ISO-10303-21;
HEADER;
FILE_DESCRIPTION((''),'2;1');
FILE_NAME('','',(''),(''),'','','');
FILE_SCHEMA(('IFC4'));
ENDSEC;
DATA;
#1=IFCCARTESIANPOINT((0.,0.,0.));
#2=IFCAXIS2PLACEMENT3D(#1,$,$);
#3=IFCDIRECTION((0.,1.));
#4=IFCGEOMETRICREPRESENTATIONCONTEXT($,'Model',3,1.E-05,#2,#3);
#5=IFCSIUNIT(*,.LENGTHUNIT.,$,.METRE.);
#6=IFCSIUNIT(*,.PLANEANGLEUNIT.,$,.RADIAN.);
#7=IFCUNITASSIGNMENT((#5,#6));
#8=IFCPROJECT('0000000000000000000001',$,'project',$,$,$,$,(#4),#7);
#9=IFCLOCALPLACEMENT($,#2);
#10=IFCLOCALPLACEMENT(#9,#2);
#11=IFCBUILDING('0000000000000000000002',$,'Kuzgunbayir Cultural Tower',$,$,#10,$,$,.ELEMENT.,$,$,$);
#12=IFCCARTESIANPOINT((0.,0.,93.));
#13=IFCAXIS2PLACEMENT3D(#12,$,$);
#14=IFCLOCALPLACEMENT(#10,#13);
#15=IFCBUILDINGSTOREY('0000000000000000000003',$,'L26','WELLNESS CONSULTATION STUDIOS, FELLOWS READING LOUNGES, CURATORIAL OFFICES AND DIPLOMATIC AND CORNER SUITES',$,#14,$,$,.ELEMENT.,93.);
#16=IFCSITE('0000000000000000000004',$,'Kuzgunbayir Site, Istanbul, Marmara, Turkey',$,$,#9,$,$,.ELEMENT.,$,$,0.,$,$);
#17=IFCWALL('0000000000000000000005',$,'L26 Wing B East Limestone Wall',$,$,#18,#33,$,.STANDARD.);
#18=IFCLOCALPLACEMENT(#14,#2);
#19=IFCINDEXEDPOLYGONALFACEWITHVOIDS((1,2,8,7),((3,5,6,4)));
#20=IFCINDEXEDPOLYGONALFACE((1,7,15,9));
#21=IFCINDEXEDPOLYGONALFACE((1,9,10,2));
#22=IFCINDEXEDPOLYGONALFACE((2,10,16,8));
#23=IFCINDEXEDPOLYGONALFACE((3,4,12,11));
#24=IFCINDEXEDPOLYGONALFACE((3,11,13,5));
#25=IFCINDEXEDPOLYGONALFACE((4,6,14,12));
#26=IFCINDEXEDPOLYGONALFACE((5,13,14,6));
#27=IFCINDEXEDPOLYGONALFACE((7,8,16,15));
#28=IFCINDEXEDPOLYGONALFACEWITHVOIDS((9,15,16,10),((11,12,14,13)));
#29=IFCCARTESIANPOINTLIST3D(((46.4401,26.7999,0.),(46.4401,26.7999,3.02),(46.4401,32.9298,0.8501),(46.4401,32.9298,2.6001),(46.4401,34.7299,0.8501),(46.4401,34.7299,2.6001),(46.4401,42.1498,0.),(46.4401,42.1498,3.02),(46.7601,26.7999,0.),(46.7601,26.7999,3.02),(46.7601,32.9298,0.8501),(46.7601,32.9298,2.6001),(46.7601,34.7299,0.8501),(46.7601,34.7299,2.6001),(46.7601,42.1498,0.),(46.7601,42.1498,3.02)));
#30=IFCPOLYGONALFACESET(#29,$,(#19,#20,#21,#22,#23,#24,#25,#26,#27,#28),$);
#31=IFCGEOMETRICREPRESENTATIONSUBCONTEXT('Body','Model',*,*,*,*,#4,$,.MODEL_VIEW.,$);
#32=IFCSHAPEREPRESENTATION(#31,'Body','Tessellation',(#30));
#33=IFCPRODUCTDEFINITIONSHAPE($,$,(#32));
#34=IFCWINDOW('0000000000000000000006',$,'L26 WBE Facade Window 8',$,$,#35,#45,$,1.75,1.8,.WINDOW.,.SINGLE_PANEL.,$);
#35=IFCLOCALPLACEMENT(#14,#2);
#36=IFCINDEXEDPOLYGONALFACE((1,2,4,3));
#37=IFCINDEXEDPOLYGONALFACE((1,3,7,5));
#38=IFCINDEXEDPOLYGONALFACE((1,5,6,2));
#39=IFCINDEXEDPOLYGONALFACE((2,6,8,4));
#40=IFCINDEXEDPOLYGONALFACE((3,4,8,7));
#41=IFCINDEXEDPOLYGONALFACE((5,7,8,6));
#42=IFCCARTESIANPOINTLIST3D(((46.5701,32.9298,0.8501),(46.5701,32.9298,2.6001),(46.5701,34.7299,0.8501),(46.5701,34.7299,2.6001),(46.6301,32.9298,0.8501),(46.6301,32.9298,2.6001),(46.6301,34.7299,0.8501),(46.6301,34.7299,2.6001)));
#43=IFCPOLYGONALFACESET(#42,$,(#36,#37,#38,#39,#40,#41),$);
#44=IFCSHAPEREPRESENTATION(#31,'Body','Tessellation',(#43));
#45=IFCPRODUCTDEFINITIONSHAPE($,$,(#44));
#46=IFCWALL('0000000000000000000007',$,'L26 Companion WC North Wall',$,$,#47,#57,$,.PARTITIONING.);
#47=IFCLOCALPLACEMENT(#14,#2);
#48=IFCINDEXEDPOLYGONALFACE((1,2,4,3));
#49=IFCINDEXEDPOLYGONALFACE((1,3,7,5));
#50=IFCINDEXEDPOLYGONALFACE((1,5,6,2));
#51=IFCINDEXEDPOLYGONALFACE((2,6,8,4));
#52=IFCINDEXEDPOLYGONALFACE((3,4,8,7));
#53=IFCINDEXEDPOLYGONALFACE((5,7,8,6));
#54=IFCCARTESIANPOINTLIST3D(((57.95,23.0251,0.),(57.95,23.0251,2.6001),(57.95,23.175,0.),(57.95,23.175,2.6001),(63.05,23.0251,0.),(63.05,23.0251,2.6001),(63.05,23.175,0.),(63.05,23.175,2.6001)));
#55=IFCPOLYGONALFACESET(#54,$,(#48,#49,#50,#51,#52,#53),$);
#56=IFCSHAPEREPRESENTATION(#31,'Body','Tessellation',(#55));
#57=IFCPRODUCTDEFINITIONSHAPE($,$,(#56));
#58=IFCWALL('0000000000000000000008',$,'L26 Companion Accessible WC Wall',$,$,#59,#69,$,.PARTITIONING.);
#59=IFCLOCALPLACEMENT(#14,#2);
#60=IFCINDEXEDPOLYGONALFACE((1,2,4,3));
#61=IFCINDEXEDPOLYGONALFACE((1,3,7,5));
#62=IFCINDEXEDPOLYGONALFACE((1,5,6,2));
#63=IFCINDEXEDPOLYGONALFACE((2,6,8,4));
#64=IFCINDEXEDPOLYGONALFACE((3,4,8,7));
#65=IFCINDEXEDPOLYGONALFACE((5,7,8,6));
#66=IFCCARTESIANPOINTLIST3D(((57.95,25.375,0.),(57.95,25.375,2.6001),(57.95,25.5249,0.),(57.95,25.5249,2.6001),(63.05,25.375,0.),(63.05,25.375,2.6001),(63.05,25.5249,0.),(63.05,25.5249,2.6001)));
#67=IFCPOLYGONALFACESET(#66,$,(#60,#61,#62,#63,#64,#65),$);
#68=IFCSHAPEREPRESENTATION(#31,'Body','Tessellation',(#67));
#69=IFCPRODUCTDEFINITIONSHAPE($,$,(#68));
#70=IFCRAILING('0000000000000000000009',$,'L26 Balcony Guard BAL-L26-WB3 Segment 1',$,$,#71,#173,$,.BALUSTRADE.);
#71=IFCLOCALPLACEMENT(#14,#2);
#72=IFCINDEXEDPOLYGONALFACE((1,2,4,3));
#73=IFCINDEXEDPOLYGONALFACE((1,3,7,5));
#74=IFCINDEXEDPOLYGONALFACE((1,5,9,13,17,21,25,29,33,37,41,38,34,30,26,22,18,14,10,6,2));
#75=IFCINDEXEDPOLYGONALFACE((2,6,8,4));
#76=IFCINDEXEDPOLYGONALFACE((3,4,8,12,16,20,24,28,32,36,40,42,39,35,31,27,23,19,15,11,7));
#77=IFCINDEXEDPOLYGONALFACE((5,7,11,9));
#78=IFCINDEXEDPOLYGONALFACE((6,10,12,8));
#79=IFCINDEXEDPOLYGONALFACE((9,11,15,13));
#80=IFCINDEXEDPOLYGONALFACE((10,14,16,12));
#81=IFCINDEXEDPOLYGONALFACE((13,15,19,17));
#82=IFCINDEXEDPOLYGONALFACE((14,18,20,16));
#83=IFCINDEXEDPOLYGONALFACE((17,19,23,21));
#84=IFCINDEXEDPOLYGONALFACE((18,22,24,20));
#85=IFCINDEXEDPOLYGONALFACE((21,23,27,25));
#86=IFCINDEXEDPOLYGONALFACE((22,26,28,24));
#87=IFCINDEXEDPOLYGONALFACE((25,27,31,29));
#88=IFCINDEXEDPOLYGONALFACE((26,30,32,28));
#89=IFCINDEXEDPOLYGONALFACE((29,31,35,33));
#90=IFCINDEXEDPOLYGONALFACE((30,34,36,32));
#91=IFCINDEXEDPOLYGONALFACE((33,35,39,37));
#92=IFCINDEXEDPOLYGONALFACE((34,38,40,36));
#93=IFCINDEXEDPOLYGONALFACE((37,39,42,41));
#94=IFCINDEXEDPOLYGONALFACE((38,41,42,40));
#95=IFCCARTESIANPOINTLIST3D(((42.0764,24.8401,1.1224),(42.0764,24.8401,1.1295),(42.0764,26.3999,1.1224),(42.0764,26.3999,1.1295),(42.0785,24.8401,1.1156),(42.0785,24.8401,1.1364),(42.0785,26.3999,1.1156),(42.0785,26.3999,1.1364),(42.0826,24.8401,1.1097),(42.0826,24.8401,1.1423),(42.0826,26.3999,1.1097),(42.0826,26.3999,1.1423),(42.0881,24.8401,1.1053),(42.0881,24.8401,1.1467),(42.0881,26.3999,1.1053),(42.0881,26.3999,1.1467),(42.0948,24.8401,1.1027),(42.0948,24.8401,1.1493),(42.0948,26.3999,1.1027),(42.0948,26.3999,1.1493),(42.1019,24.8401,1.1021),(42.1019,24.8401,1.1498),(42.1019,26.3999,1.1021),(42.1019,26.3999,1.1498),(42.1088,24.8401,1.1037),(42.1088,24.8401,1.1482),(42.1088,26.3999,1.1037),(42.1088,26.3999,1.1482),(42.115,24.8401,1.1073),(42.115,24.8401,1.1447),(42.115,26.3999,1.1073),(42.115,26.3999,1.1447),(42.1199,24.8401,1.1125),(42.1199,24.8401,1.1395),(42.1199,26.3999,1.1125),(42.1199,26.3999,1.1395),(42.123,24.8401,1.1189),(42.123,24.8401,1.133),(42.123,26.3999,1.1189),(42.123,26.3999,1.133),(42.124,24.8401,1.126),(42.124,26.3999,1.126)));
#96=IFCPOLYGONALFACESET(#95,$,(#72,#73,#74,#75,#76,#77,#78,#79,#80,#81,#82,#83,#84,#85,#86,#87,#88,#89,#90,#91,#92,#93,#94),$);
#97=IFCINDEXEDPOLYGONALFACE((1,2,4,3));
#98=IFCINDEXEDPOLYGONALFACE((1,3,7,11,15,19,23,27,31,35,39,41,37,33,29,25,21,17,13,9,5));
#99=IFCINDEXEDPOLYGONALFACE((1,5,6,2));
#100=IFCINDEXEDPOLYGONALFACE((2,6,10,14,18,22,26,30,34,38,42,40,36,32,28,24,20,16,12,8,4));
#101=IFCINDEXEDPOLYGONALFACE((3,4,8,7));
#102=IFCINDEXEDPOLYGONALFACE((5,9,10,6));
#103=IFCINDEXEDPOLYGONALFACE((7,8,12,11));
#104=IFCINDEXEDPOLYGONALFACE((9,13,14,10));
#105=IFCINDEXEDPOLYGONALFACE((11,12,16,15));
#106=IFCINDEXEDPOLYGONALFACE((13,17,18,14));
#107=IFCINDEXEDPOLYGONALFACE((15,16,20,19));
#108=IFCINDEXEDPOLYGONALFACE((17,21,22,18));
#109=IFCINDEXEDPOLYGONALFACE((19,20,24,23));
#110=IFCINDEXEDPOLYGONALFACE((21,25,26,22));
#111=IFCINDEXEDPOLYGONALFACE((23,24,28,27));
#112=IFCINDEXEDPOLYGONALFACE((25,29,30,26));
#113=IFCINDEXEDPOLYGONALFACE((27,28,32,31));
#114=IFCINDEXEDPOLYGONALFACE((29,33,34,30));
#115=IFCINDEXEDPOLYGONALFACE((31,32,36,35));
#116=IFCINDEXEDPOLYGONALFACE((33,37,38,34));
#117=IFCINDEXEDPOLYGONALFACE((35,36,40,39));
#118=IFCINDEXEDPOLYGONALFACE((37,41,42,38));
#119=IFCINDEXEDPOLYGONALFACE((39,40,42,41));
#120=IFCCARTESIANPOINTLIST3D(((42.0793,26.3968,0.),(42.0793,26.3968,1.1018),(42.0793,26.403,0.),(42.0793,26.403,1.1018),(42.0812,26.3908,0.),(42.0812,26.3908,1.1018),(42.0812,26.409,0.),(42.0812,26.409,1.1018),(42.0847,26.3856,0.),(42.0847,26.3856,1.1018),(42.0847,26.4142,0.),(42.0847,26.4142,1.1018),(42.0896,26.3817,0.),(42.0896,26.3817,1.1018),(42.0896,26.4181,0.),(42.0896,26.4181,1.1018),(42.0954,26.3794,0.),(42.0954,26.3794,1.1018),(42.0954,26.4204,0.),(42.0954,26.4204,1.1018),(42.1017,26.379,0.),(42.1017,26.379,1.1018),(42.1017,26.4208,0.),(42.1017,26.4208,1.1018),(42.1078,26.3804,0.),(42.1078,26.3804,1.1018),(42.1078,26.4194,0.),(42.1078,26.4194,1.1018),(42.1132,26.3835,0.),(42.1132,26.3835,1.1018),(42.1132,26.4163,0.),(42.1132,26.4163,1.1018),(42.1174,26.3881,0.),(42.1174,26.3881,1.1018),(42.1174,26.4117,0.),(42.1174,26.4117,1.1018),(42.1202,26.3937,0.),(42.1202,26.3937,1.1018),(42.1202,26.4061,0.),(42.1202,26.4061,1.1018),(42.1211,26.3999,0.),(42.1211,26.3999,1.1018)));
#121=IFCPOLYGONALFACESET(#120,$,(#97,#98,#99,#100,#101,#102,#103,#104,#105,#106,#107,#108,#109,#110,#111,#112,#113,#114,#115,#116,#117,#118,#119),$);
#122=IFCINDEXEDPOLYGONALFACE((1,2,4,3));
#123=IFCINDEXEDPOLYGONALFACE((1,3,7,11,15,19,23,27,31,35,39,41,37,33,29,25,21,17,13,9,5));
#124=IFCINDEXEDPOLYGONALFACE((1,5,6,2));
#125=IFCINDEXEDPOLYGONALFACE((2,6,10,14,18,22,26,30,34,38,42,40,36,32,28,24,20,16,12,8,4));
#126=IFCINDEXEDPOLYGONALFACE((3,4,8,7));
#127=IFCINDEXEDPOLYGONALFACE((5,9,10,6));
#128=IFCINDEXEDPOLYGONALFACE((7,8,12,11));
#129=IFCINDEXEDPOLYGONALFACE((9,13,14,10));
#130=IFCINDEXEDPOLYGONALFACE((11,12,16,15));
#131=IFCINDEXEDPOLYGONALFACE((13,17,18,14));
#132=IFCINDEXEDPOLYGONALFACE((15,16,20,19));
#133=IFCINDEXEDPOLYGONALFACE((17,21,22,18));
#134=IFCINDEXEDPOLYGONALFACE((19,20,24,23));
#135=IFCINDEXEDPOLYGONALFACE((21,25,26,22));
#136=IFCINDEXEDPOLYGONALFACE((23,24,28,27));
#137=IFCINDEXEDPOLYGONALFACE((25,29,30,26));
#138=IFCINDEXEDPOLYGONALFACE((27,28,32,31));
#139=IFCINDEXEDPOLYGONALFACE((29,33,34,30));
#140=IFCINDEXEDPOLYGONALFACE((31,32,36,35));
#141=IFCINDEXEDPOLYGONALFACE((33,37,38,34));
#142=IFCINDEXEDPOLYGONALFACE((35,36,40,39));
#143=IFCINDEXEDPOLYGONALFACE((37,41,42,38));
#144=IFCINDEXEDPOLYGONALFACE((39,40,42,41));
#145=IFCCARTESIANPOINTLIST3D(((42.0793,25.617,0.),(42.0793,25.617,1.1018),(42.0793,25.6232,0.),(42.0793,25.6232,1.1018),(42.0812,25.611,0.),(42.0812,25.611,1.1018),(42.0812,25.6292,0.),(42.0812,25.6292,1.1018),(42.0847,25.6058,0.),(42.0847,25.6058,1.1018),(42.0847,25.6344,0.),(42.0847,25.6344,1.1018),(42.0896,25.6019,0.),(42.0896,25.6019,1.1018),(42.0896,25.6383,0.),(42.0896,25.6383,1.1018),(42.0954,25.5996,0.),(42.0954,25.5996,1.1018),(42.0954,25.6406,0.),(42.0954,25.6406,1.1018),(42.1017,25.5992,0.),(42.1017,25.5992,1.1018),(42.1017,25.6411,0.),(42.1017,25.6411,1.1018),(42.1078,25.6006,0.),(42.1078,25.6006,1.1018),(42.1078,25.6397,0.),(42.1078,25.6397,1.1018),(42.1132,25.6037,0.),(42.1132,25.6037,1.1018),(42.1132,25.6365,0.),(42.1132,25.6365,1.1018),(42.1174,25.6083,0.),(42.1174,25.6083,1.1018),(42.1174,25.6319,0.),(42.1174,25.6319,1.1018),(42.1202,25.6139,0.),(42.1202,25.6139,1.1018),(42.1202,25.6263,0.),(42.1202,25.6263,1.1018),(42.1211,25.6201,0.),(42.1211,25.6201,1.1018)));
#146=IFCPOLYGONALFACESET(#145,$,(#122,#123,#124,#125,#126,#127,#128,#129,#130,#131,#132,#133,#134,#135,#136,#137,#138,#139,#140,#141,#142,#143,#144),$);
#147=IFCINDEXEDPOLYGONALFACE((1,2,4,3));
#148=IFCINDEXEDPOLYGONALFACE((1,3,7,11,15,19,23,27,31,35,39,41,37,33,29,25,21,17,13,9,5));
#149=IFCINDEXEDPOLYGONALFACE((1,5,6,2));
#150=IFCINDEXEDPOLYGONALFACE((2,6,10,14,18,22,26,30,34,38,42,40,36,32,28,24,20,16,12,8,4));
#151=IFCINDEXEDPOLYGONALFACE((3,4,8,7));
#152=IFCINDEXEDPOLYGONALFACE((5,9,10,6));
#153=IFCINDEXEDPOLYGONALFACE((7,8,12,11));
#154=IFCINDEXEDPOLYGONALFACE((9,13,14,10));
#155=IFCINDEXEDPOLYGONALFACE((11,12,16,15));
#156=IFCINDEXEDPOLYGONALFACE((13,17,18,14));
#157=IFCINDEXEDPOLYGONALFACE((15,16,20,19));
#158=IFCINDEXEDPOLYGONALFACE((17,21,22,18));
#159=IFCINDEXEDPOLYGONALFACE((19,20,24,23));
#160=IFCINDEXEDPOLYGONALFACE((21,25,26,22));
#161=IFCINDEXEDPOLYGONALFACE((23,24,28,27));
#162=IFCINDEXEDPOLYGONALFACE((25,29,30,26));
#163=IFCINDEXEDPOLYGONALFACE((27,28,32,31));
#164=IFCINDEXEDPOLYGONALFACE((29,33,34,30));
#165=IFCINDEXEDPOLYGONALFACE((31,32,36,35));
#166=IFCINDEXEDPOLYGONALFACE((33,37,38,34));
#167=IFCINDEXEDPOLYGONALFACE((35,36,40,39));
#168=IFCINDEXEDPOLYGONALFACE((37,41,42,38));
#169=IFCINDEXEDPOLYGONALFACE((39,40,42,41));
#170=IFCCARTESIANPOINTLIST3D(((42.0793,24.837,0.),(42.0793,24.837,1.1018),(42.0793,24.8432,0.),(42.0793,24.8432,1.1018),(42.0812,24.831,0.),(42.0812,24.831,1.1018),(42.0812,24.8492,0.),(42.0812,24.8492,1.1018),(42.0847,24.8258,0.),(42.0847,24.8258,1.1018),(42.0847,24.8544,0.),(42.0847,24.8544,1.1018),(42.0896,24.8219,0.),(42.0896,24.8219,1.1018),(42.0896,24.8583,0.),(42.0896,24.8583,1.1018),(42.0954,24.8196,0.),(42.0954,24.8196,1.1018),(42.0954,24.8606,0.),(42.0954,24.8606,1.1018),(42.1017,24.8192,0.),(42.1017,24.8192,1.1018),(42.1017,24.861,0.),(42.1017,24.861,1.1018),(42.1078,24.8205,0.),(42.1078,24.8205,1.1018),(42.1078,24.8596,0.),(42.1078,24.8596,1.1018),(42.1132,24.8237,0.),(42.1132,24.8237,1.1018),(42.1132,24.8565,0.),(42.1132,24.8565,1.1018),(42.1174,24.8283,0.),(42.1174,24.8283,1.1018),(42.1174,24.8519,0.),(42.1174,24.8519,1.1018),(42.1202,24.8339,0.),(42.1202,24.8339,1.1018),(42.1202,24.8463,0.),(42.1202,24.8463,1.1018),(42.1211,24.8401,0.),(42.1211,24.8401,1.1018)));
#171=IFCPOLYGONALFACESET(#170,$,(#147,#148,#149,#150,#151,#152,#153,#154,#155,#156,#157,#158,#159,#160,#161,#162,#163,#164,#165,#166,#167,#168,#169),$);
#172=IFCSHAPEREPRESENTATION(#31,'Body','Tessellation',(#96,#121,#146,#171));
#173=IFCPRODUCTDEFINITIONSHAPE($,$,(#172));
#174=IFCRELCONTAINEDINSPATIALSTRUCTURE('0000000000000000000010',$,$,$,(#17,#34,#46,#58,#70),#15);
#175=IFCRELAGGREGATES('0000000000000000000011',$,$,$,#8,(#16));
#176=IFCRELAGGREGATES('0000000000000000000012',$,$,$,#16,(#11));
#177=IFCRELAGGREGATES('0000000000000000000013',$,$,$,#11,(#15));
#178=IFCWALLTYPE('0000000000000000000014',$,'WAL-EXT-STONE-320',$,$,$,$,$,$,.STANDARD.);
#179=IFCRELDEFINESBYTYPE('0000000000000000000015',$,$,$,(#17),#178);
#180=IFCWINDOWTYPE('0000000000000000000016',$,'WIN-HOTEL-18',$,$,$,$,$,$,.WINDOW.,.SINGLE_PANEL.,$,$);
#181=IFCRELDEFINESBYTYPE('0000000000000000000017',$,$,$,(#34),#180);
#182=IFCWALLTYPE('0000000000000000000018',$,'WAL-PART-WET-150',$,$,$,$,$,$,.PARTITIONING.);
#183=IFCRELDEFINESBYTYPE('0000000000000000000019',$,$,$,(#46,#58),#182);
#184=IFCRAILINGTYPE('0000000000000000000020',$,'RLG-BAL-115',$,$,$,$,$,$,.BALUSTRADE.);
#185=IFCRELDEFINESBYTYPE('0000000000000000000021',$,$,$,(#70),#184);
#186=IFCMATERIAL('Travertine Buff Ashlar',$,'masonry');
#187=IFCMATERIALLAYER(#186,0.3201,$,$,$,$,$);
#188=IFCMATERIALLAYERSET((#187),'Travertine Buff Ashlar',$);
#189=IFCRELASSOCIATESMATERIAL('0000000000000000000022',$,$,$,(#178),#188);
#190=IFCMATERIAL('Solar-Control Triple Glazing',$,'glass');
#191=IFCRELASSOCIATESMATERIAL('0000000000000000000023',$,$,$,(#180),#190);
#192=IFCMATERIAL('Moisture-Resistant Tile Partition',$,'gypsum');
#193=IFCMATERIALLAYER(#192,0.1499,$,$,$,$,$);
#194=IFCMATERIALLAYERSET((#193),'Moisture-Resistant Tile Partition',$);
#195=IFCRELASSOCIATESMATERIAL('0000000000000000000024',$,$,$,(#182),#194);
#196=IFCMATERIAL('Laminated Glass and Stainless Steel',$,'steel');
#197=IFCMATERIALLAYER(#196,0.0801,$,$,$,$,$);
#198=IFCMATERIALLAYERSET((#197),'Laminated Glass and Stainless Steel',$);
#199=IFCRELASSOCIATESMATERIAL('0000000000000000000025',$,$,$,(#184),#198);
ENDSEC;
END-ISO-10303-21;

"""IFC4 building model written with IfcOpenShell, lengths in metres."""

from ifc_helpers import new_model, si_unit, direction, frame, frame_2d, origin, origin_2d, place, context, subcontext, project, spatial, rectangle, circle, extrude, material, layer, layer_set, type_object, element, fill, save


model = new_model("IFC4")

# Units and contexts
model_context = context("Model", 3, precision=1e-05, world=origin(), true_north=direction((0.0, 1.0)))
body_context = subcontext(model_context, "Body", "Model", "MODEL_VIEW")
ifc_project = project(units=[si_unit("LENGTHUNIT", "METRE"), si_unit("PLANEANGLEUNIT", "RADIAN")], contexts=[model_context])

# Site, building, storey
site_placement = place(None, origin())
site = spatial("IfcSite", under=ifc_project, at=site_placement, Name="Kuzgunbayir Site, Istanbul, Marmara, Turkey", CompositionType="ELEMENT", RefElevation=0.0)
building_placement = place(site_placement, origin())
building = spatial("IfcBuilding", under=site, at=building_placement, Name="Kuzgunbayir Cultural Tower", CompositionType="ELEMENT")
storey_placement = place(building_placement, frame((0.0, 0.0, 93.0)))
storey = spatial("IfcBuildingStorey", under=building, at=storey_placement, Name="L26", Description="WELLNESS CONSULTATION STUDIOS, FELLOWS READING LOUNGES, CURATORIAL OFFICES AND DIPLOMATIC AND CORNER SUITES", CompositionType="ELEMENT", Elevation=93.0)

# Wall, opening, window
ifc_material_1 = material(Name="Travertine Buff Ashlar", Category="masonry")
ifc_layer_1 = layer(ifc_material_1, 0.3201)
ifc_layer_set_1 = layer_set([ifc_layer_1], Name="Travertine Buff Ashlar")
wall_type_1 = type_object("IfcWallType", Name="WAL-EXT-STONE-320", PredefinedType="STANDARD", material=ifc_layer_set_1)
wall_1_placement = place(storey_placement, frame((46.6001, 26.8, 0.0), z_axis=(0.0, 0.0, 1.0), x_axis=(0.0, 1.0, 0.0)))
wall_1 = element("IfcWall", 1, at=wall_1_placement, inside=storey, type_object=wall_type_1, Name="L26 Wing B East Limestone Wall", PredefinedType="STANDARD", context=body_context, shape_type="SweptSolid", body=[
    extrude(rectangle(XDim=15.3499, YDim=0.3201, at=frame_2d((7.6748, 0.0))), origin(), (0.0, 0.0, 1.0), 3.02),
])
opening_placement = place(wall_1_placement, frame((6.1299, 0.0, 0.8501)))
opening = element("IfcOpeningElement", 2, at=opening_placement, cuts=wall_1, PredefinedType="OPENING", context=body_context, shape_type="SweptSolid", body=[
    extrude(rectangle(XDim=1.8, YDim=1.75, at=frame_2d((0.8999, 0.875))), frame((0.0, 0.1699, 0.0), z_axis=(0.0, -1.0, 0.0), x_axis=(1.0, 0.0, 0.0)), (0.0, 0.0, 1.0), 0.3401),
])
ifc_material_2 = material(Name="Solar-Control Triple Glazing", Category="glass")
window_type = type_object("IfcWindowType", Name="WIN-HOTEL-18", PartitioningType="SINGLE_PANEL", PredefinedType="WINDOW", material=ifc_material_2)
window_placement = place(opening_placement, origin())
window = element("IfcWindow", 3, at=window_placement, inside=storey, type_object=window_type, Name="L26 WBE Facade Window 8", OverallHeight=1.75, OverallWidth=1.8, PartitioningType="SINGLE_PANEL", PredefinedType="WINDOW", context=body_context, shape_type="SweptSolid", body=[
    extrude(rectangle(XDim=1.8, YDim=1.75, at=frame_2d((0.8999, 0.875))), frame((0.0, 0.03, 0.0), z_axis=(0.0, -1.0, 0.0), x_axis=(1.0, 0.0, 0.0)), (0.0, 0.0, 1.0), 0.0601),
])
fill(opening, window)

# Walls
ifc_material_3 = material(Name="Moisture-Resistant Tile Partition", Category="gypsum")
ifc_layer_2 = layer(ifc_material_3, 0.1499)
ifc_layer_set_2 = layer_set([ifc_layer_2], Name="Moisture-Resistant Tile Partition")
wall_type_2 = type_object("IfcWallType", Name="WAL-PART-WET-150", PredefinedType="PARTITIONING", material=ifc_layer_set_2)
for number, where, z_axis, x_axis, name in (
    (4, (57.95, 23.1001, 0.0), (0.0, 0.0, 1.0), (1.0, 0.0, 0.0), "L26 Companion WC North Wall"),
    (5, (57.95, 25.45, 0.0), (0.0, 0.0, 1.0), (1.0, 0.0, 0.0), "L26 Companion Accessible WC Wall"),
):
    element("IfcWall", number, at=place(storey_placement, frame(where, z_axis=z_axis, x_axis=x_axis)), inside=storey, type_object=wall_type_2, Name=name, PredefinedType="PARTITIONING", context=body_context, shape_type="SweptSolid", body=[
        extrude(rectangle(XDim=5.1001, YDim=0.1499, at=frame_2d((2.55, 0.0))), origin(), (0.0, 0.0, 1.0), 2.6001),
    ])

# Railing
ifc_material_4 = material(Name="Laminated Glass and Stainless Steel", Category="steel")
ifc_layer_3 = layer(ifc_material_4, 0.0801)
ifc_layer_set_3 = layer_set([ifc_layer_3], Name="Laminated Glass and Stainless Steel")
railing_type = type_object("IfcRailingType", Name="RLG-BAL-115", PredefinedType="BALUSTRADE", material=ifc_layer_set_3)
railing_1_placement = place(storey_placement, frame((42.1001, 26.3999, 0.0)))
element("IfcRailing", 6, at=railing_1_placement, inside=storey, type_object=railing_type, Name="L26 Balcony Guard BAL-L26-WB3 Segment 1", PredefinedType="BALUSTRADE", context=body_context, shape_type="SweptSolid", body=[
    extrude(circle(Radius=0.0239, at=origin_2d()), frame((0.0, 0.0, 1.126), z_axis=(0.0, -1.0, 0.0), x_axis=(1.0, 0.0, 0.0)), (0.0, 0.0, 1.0), 1.5598),
    extrude(circle(Radius=0.021, at=origin_2d()), origin(), (0.0, 0.0, 1.0), 1.1018),
    extrude(circle(Radius=0.021, at=origin_2d()), frame((0.0, -0.7798, 0.0)), (0.0, 0.0, 1.0), 1.1018),
    extrude(circle(Radius=0.021, at=origin_2d()), frame((0.0, -1.5598, 0.0)), (0.0, 0.0, 1.0), 1.1018),
])

save(model, "model.ifc")
